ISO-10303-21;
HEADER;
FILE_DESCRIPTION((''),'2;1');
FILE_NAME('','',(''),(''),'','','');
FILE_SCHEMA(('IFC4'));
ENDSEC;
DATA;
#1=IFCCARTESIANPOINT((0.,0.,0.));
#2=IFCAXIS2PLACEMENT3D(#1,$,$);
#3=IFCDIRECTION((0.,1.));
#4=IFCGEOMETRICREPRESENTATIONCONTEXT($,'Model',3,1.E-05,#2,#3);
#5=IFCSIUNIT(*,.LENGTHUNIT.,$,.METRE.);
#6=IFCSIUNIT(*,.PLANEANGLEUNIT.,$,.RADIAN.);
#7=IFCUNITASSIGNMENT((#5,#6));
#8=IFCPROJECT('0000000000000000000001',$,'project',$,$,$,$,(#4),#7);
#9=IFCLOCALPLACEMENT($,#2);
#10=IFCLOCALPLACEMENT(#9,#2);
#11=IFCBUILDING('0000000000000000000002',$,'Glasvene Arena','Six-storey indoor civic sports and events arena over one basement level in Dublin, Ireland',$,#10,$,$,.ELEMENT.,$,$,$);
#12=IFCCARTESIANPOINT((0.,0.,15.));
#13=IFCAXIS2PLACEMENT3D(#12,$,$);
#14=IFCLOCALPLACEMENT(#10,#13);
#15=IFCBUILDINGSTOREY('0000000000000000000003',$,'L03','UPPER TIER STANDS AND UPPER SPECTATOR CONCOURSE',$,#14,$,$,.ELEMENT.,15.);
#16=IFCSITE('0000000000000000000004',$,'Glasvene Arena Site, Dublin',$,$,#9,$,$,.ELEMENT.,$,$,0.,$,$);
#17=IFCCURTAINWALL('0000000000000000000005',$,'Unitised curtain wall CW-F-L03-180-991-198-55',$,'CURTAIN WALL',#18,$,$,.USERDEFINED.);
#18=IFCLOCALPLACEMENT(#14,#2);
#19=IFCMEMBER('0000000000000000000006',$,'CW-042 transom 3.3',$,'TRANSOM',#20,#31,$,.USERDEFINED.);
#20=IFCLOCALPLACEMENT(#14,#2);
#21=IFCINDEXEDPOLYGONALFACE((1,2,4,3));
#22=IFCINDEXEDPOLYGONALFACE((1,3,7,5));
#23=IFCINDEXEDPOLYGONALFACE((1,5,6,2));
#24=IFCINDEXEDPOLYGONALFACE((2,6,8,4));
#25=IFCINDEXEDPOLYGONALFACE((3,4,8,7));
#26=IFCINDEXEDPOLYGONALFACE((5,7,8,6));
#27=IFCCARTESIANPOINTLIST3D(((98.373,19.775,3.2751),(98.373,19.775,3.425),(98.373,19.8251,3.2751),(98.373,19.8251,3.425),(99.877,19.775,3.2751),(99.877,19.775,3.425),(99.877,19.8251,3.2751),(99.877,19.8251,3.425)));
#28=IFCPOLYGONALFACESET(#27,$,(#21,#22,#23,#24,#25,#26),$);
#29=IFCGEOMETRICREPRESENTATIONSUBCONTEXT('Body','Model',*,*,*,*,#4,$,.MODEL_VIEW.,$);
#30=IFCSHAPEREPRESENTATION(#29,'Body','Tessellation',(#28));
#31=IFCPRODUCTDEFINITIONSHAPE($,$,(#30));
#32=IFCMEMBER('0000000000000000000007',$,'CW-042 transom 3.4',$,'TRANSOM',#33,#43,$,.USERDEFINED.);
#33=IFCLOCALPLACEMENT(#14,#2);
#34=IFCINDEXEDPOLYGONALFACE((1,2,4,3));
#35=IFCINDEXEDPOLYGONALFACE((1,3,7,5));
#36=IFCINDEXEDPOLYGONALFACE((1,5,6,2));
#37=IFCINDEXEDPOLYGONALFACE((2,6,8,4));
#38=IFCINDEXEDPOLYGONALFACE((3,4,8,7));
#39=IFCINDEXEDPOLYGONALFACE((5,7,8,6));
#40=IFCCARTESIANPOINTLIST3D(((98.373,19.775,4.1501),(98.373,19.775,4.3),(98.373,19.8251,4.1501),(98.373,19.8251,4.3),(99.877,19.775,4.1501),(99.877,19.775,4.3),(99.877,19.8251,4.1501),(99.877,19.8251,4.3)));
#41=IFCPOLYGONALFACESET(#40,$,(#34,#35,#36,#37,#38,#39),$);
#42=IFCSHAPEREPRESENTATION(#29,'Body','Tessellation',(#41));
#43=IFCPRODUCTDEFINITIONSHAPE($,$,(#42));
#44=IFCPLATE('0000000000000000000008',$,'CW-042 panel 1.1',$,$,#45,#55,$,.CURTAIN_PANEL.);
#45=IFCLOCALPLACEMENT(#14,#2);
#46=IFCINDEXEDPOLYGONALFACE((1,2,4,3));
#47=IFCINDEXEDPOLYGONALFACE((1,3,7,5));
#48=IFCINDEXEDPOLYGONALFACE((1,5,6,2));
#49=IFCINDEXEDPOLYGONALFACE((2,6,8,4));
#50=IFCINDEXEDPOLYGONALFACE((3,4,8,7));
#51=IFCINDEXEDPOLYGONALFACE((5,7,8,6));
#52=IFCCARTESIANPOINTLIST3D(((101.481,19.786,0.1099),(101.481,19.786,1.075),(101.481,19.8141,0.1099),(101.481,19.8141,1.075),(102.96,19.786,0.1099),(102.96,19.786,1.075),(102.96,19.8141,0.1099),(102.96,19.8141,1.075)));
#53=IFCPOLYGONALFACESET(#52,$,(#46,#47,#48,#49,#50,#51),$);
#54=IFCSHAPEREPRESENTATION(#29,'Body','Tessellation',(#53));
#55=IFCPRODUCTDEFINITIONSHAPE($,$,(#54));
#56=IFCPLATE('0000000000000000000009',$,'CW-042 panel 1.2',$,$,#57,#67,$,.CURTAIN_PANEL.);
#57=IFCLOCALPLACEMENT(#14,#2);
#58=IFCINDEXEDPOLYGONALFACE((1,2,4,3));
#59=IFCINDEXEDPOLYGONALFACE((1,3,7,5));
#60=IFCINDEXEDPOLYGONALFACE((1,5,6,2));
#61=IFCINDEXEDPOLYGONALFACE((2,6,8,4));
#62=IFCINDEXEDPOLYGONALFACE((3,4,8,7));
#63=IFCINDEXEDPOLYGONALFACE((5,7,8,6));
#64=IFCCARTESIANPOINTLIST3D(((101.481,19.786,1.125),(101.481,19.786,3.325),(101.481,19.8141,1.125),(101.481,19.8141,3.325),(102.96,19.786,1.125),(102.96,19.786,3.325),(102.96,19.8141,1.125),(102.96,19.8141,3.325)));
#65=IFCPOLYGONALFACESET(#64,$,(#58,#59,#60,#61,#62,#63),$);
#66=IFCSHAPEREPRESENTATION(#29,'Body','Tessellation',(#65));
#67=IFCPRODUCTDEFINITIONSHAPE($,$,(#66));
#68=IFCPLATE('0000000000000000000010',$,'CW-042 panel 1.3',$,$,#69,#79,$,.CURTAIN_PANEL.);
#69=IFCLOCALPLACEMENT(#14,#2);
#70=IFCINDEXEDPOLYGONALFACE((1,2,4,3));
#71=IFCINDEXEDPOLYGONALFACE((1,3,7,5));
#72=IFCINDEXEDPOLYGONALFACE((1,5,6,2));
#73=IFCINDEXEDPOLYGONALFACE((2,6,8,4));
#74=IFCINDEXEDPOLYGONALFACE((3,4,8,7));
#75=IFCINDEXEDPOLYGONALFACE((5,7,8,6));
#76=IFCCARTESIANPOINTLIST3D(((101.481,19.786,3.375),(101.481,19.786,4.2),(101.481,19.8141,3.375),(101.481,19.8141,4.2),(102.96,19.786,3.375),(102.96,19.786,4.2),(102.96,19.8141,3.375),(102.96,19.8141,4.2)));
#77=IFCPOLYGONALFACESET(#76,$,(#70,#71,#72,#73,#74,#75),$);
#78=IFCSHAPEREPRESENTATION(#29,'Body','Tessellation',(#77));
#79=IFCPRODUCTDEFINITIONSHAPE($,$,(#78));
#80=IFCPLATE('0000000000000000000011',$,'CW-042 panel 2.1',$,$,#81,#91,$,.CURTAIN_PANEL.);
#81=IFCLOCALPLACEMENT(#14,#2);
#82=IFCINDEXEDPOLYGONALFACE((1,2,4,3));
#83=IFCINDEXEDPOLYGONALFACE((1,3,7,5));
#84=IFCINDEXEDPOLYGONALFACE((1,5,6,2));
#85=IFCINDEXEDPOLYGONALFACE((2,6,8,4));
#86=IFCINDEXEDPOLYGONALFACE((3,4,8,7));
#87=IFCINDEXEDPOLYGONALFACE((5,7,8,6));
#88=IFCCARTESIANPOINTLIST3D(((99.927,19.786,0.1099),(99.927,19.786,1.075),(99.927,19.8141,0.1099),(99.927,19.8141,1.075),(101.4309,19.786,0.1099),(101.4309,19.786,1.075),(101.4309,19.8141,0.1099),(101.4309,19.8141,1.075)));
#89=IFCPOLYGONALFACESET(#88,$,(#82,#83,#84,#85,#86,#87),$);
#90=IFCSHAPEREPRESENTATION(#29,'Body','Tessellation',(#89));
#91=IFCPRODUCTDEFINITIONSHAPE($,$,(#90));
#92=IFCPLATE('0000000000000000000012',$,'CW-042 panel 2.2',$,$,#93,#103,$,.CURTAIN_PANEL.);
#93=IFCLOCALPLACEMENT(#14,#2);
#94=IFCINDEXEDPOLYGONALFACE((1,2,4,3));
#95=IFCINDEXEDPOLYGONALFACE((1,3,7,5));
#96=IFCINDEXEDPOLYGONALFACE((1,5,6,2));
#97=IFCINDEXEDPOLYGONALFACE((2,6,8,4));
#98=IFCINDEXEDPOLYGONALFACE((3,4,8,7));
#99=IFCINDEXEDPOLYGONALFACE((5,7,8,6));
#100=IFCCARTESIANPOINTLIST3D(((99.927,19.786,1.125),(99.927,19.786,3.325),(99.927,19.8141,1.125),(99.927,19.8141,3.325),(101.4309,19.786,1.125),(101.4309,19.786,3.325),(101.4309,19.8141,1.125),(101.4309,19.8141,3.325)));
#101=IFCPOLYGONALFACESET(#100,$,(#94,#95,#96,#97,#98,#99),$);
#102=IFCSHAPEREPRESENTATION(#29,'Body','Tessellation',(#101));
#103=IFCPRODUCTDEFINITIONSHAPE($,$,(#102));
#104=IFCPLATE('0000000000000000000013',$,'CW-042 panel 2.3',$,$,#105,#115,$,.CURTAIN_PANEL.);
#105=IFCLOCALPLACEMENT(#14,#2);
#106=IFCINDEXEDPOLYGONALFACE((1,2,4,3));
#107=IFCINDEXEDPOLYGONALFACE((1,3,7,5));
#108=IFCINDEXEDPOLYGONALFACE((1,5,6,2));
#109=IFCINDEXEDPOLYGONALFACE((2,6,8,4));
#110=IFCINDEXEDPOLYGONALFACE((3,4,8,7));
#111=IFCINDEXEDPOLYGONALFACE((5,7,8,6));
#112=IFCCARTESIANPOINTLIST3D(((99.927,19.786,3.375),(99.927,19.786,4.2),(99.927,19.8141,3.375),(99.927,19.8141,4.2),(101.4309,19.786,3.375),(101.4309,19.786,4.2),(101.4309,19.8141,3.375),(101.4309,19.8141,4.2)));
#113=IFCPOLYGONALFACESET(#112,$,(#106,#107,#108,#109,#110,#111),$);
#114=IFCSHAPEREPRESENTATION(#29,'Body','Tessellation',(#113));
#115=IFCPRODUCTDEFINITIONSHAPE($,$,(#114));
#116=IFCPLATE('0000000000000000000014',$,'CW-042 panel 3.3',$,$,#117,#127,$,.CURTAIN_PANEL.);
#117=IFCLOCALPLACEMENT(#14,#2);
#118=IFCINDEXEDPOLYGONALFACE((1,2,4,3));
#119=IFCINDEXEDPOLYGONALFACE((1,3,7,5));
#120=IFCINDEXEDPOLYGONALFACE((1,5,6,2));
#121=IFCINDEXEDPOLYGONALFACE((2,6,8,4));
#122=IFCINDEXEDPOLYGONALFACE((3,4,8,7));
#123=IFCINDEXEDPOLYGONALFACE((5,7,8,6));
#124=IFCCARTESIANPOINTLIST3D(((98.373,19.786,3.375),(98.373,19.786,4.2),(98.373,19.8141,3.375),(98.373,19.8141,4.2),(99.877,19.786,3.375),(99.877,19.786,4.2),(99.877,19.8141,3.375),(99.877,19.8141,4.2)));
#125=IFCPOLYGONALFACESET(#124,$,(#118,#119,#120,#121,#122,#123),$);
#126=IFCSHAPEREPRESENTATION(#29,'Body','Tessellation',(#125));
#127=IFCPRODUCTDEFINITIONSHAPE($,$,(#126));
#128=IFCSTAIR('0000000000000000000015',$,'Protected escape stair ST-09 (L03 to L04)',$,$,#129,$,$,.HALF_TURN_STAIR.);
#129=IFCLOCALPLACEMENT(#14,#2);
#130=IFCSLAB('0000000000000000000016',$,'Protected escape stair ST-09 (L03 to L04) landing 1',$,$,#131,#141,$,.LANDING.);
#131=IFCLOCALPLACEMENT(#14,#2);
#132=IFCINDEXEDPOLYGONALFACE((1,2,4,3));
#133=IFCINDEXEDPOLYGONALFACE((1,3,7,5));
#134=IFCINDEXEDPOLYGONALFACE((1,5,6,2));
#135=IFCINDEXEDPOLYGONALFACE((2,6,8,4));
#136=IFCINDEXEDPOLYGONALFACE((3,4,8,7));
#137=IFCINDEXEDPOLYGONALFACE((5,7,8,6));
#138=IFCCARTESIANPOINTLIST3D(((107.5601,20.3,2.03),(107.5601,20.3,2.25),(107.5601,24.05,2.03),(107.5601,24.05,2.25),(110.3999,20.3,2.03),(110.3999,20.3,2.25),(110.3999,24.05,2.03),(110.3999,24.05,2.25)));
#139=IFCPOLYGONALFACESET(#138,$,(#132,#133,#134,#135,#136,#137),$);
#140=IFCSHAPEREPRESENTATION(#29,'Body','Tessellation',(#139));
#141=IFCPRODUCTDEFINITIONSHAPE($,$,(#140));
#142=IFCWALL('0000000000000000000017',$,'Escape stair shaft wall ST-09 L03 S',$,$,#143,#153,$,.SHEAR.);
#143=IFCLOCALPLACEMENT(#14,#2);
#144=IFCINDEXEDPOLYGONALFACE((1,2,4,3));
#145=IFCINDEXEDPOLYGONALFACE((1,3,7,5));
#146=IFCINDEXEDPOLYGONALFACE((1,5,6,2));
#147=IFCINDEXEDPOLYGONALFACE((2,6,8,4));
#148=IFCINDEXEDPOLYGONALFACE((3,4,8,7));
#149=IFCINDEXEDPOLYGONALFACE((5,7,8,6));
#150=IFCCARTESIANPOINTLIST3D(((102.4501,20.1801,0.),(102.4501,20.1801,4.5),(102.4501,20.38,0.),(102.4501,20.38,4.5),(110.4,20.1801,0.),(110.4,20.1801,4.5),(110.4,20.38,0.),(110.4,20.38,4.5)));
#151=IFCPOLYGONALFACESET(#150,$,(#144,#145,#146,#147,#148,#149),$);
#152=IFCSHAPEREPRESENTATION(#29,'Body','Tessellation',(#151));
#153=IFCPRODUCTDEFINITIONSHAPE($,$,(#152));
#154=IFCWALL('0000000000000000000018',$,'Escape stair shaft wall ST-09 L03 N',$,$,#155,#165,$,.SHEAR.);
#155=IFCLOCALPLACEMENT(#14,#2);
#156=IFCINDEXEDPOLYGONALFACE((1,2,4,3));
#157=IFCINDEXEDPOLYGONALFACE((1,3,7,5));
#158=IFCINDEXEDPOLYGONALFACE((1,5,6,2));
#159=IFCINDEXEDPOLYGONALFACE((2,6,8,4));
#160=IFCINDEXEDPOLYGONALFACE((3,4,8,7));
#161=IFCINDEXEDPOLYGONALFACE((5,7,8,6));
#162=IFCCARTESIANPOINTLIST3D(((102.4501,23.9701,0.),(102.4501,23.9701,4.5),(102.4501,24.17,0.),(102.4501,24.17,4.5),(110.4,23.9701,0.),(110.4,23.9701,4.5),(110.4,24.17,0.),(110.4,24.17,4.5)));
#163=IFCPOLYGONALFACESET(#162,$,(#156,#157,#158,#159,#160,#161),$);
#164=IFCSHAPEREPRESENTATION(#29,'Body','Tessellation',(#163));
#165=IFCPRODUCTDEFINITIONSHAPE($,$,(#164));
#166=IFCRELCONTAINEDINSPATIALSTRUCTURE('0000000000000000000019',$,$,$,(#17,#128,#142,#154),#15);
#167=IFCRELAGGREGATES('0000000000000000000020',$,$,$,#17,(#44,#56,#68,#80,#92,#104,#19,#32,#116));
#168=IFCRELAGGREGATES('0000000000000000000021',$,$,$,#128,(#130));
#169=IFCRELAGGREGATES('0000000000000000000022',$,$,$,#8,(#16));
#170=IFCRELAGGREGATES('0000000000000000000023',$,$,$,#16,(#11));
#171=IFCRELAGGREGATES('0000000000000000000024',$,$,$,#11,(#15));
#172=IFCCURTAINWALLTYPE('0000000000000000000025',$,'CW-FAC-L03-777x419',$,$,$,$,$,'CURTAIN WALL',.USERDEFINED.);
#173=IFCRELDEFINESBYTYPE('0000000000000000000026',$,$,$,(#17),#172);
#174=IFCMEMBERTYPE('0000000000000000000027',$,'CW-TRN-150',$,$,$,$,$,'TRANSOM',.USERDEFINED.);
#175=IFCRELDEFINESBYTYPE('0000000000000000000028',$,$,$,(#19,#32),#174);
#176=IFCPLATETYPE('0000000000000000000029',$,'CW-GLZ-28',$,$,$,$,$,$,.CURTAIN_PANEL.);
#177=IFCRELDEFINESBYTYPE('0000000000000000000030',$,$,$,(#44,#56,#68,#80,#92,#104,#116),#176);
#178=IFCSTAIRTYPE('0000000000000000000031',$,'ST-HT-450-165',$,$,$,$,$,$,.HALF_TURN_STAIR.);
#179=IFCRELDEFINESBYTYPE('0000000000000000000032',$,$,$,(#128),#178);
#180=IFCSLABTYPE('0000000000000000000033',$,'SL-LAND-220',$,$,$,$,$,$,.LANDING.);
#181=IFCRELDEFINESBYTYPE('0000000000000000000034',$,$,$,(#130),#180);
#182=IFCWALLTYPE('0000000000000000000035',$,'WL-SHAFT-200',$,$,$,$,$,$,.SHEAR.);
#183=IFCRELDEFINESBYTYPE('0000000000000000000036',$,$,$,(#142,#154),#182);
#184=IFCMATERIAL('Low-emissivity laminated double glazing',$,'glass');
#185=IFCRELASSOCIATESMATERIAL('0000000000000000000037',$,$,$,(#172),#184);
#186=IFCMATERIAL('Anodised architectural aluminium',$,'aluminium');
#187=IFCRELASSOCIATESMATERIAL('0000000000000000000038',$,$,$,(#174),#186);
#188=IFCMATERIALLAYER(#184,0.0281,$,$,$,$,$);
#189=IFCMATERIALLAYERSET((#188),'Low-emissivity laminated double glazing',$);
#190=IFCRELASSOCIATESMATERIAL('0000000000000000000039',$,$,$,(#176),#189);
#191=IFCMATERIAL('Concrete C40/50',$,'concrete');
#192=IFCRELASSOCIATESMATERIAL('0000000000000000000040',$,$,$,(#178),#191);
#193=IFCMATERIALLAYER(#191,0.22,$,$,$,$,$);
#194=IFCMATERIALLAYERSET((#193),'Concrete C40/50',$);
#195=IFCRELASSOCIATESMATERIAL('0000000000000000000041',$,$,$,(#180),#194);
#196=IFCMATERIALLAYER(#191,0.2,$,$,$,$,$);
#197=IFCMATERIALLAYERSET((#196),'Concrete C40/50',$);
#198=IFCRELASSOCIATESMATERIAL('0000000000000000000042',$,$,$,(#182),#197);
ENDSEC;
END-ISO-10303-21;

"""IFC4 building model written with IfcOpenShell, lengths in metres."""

from ifc_helpers import new_model, si_unit, direction, frame, frame_2d, origin, origin_2d, place, context, subcontext, project, spatial, polyline, rectangle, outline, extrude, material, layer, layer_set, material_profile, profile_set, type_object, element, aggregate, save


model = new_model("IFC4")

# Units and contexts
model_context = context("Model", 3, precision=1e-05, world=origin(), true_north=direction((0.0, 1.0)))
body_context = subcontext(model_context, "Body", "Model", "MODEL_VIEW")
ifc_project = project(units=[si_unit("LENGTHUNIT", "METRE"), si_unit("PLANEANGLEUNIT", "RADIAN")], contexts=[model_context])

# Site, building, storey
site_placement = place(None, origin())
site = spatial("IfcSite", under=ifc_project, at=site_placement, Name="Glasvene Arena Site, Dublin", CompositionType="ELEMENT", RefElevation=0.0)
building_placement = place(site_placement, origin())
building = spatial("IfcBuilding", under=site, at=building_placement, Name="Glasvene Arena", Description="Six-storey indoor civic sports and events arena over one basement level in Dublin, Ireland", CompositionType="ELEMENT")
storey_placement = place(building_placement, frame((0.0, 0.0, 15.0)))
storey = spatial("IfcBuildingStorey", under=building, at=storey_placement, Name="L03", Description="UPPER TIER STANDS AND UPPER SPECTATOR CONCOURSE", CompositionType="ELEMENT", Elevation=15.0)

# Curtain wall, members, plates
ifc_material_1 = material(Name="Low-emissivity laminated double glazing", Category="glass")
curtain_wall_type = type_object("IfcCurtainWallType", Name="CW-FAC-L03-777x419", ElementType="CURTAIN WALL", PredefinedType="USERDEFINED", material=ifc_material_1)
curtain_wall_placement = place(storey_placement, frame((103.01, 19.8, 0.0)))
curtain_wall = element("IfcCurtainWall", 1, at=curtain_wall_placement, inside=storey, type_object=curtain_wall_type, Name="Unitised curtain wall CW-F-L03-180-991-198-55", ObjectType="CURTAIN WALL", PredefinedType="USERDEFINED")
ifc_material_2 = material(Name="Anodised architectural aluminium", Category="aluminium")
ifc_material_profile_1 = material_profile(ifc_material_2, rectangle(XDim=0.05, YDim=0.1499, at=origin_2d()), Name="ALU TRANSOM 50x150")
ifc_profile_set_1 = profile_set([ifc_material_profile_1], Name="Anodised architectural aluminium")
member_type_1 = type_object("IfcMemberType", Name="CW-TRN-150", ElementType="TRANSOM", PredefinedType="USERDEFINED", material=ifc_profile_set_1)
member_1_placement = place(storey_placement, frame((99.877, 19.8, 3.3501), z_axis=(-1.0, 0.0, 0.0), x_axis=(0.0, -1.0, 0.0)))
member_1 = element("IfcMember", 2, at=member_1_placement, type_object=member_type_1, Name="CW-042 transom 3.3", ObjectType="TRANSOM", PredefinedType="USERDEFINED", context=body_context, shape_type="SweptSolid", body=[
    extrude(rectangle(XDim=0.05, YDim=0.1499, at=origin_2d()), origin(), (0.0, 0.0, 1.0), 1.5039),
])
member_2_placement = place(storey_placement, frame((99.877, 19.8, 4.2251), z_axis=(-1.0, 0.0, 0.0), x_axis=(0.0, -1.0, 0.0)))
member_2 = element("IfcMember", 3, at=member_2_placement, type_object=member_type_1, Name="CW-042 transom 3.4", ObjectType="TRANSOM", PredefinedType="USERDEFINED", context=body_context, shape_type="SweptSolid", body=[
    extrude(rectangle(XDim=0.05, YDim=0.1499, at=origin_2d()), origin(), (0.0, 0.0, 1.0), 1.5039),
])
ifc_layer_1 = layer(ifc_material_1, 0.0281)
ifc_layer_set_1 = layer_set([ifc_layer_1], Name="Low-emissivity laminated double glazing")
plate_type = type_object("IfcPlateType", Name="CW-GLZ-28", PredefinedType="CURTAIN_PANEL", material=ifc_layer_set_1)
plate_1_placement = place(storey_placement, frame((102.2205, 19.8, 0.1099), z_axis=(0.0, 0.0, 1.0), x_axis=(-1.0, 0.0, 0.0)))
plate_1 = element("IfcPlate", 4, at=plate_1_placement, type_object=plate_type, Name="CW-042 panel 1.1", PredefinedType="CURTAIN_PANEL", context=body_context, shape_type="SweptSolid", body=[
    extrude(rectangle(XDim=1.479, YDim=0.0281, at=origin_2d()), origin(), (0.0, 0.0, 1.0), 0.9651),
])
plate_2_placement = place(storey_placement, frame((102.2205, 19.8, 1.125), z_axis=(0.0, 0.0, 1.0), x_axis=(-1.0, 0.0, 0.0)))
plate_2 = element("IfcPlate", 5, at=plate_2_placement, type_object=plate_type, Name="CW-042 panel 1.2", PredefinedType="CURTAIN_PANEL", context=body_context, shape_type="SweptSolid", body=[
    extrude(rectangle(XDim=1.479, YDim=0.0281, at=origin_2d()), origin(), (0.0, 0.0, 1.0), 2.2),
])
plate_3_placement = place(storey_placement, frame((102.2205, 19.8, 3.375), z_axis=(0.0, 0.0, 1.0), x_axis=(-1.0, 0.0, 0.0)))
plate_3 = element("IfcPlate", 6, at=plate_3_placement, type_object=plate_type, Name="CW-042 panel 1.3", PredefinedType="CURTAIN_PANEL", context=body_context, shape_type="SweptSolid", body=[
    extrude(rectangle(XDim=1.479, YDim=0.0281, at=origin_2d()), origin(), (0.0, 0.0, 1.0), 0.825),
])
plate_4_placement = place(storey_placement, frame((100.679, 19.8, 0.1099), z_axis=(0.0, 0.0, 1.0), x_axis=(-1.0, 0.0, 0.0)))
plate_4 = element("IfcPlate", 7, at=plate_4_placement, type_object=plate_type, Name="CW-042 panel 2.1", PredefinedType="CURTAIN_PANEL", context=body_context, shape_type="SweptSolid", body=[
    extrude(rectangle(XDim=1.5039, YDim=0.0281, at=origin_2d()), origin(), (0.0, 0.0, 1.0), 0.9651),
])
plate_5_placement = place(storey_placement, frame((100.679, 19.8, 1.125), z_axis=(0.0, 0.0, 1.0), x_axis=(-1.0, 0.0, 0.0)))
plate_5 = element("IfcPlate", 8, at=plate_5_placement, type_object=plate_type, Name="CW-042 panel 2.2", PredefinedType="CURTAIN_PANEL", context=body_context, shape_type="SweptSolid", body=[
    extrude(rectangle(XDim=1.5039, YDim=0.0281, at=origin_2d()), origin(), (0.0, 0.0, 1.0), 2.2),
])
plate_6_placement = place(storey_placement, frame((100.679, 19.8, 3.375), z_axis=(0.0, 0.0, 1.0), x_axis=(-1.0, 0.0, 0.0)))
plate_6 = element("IfcPlate", 9, at=plate_6_placement, type_object=plate_type, Name="CW-042 panel 2.3", PredefinedType="CURTAIN_PANEL", context=body_context, shape_type="SweptSolid", body=[
    extrude(rectangle(XDim=1.5039, YDim=0.0281, at=origin_2d()), origin(), (0.0, 0.0, 1.0), 0.825),
])
plate_7_placement = place(storey_placement, frame((99.125, 19.8, 3.375), z_axis=(0.0, 0.0, 1.0), x_axis=(-1.0, 0.0, 0.0)))
plate_7 = element("IfcPlate", 10, at=plate_7_placement, type_object=plate_type, Name="CW-042 panel 3.3", PredefinedType="CURTAIN_PANEL", context=body_context, shape_type="SweptSolid", body=[
    extrude(rectangle(XDim=1.5039, YDim=0.0281, at=origin_2d()), origin(), (0.0, 0.0, 1.0), 0.825),
])
aggregate(curtain_wall, [plate_1, plate_2, plate_3, plate_4, plate_5, plate_6, member_1, member_2, plate_7])

# Stair, slab
ifc_material_3 = material(Name="Concrete C40/50", Category="concrete")
stair_type = type_object("IfcStairType", Name="ST-HT-450-165", PredefinedType="HALF_TURN_STAIR", material=ifc_material_3)
stair_placement = place(storey_placement, origin())
stair = element("IfcStair", 11, at=stair_placement, inside=storey, type_object=stair_type, Name="Protected escape stair ST-09 (L03 to L04)", PredefinedType="HALF_TURN_STAIR")
ifc_layer_2 = layer(ifc_material_3, 0.22)
ifc_layer_set_2 = layer_set([ifc_layer_2], Name="Concrete C40/50")
slab_type = type_object("IfcSlabType", Name="SL-LAND-220", PredefinedType="LANDING", material=ifc_layer_set_2)
slab_placement = place(storey_placement, frame((108.98, 22.175, 2.03)))
slab = element("IfcSlab", 12, at=slab_placement, type_object=slab_type, Name="Protected escape stair ST-09 (L03 to L04) landing 1", PredefinedType="LANDING", context=body_context, shape_type="SweptSolid", body=[
    extrude(outline(polyline([(-1.4199, -1.875), (1.4199, -1.875), (1.4199, 1.875), (-1.4199, 1.875), (-1.4199, -1.875)])), origin(), (0.0, 0.0, 1.0), 0.22),
])

# Wall
ifc_layer_3 = layer(ifc_material_3, 0.2)
ifc_layer_set_3 = layer_set([ifc_layer_3], Name="Concrete C40/50")
wall_type = type_object("IfcWallType", Name="WL-SHAFT-200", PredefinedType="SHEAR", material=ifc_layer_set_3)
wall_1_placement = place(storey_placement, frame((102.45, 20.28, 0.0), z_axis=(0.0, 0.0, 1.0), x_axis=(1.0, 0.0, 0.0)))
element("IfcWall", 13, at=wall_1_placement, inside=storey, type_object=wall_type, Name="Escape stair shaft wall ST-09 L03 S", PredefinedType="SHEAR", context=body_context, shape_type="SweptSolid", body=[
    extrude(rectangle(XDim=7.95, YDim=0.2, at=frame_2d((3.9751, 0.0))), origin(), (0.0, 0.0, 1.0), 4.5),
])

# Wall
wall_2_placement = place(storey_placement, frame((102.45, 24.0701, 0.0), z_axis=(0.0, 0.0, 1.0), x_axis=(1.0, 0.0, 0.0)))
element("IfcWall", 14, at=wall_2_placement, inside=storey, type_object=wall_type, Name="Escape stair shaft wall ST-09 L03 N", PredefinedType="SHEAR", context=body_context, shape_type="SweptSolid", body=[
    extrude(rectangle(XDim=7.95, YDim=0.2, at=frame_2d((3.9751, 0.0))), origin(), (0.0, 0.0, 1.0), 4.5),
])

aggregate(stair, [slab])

save(model, "model.ifc")
